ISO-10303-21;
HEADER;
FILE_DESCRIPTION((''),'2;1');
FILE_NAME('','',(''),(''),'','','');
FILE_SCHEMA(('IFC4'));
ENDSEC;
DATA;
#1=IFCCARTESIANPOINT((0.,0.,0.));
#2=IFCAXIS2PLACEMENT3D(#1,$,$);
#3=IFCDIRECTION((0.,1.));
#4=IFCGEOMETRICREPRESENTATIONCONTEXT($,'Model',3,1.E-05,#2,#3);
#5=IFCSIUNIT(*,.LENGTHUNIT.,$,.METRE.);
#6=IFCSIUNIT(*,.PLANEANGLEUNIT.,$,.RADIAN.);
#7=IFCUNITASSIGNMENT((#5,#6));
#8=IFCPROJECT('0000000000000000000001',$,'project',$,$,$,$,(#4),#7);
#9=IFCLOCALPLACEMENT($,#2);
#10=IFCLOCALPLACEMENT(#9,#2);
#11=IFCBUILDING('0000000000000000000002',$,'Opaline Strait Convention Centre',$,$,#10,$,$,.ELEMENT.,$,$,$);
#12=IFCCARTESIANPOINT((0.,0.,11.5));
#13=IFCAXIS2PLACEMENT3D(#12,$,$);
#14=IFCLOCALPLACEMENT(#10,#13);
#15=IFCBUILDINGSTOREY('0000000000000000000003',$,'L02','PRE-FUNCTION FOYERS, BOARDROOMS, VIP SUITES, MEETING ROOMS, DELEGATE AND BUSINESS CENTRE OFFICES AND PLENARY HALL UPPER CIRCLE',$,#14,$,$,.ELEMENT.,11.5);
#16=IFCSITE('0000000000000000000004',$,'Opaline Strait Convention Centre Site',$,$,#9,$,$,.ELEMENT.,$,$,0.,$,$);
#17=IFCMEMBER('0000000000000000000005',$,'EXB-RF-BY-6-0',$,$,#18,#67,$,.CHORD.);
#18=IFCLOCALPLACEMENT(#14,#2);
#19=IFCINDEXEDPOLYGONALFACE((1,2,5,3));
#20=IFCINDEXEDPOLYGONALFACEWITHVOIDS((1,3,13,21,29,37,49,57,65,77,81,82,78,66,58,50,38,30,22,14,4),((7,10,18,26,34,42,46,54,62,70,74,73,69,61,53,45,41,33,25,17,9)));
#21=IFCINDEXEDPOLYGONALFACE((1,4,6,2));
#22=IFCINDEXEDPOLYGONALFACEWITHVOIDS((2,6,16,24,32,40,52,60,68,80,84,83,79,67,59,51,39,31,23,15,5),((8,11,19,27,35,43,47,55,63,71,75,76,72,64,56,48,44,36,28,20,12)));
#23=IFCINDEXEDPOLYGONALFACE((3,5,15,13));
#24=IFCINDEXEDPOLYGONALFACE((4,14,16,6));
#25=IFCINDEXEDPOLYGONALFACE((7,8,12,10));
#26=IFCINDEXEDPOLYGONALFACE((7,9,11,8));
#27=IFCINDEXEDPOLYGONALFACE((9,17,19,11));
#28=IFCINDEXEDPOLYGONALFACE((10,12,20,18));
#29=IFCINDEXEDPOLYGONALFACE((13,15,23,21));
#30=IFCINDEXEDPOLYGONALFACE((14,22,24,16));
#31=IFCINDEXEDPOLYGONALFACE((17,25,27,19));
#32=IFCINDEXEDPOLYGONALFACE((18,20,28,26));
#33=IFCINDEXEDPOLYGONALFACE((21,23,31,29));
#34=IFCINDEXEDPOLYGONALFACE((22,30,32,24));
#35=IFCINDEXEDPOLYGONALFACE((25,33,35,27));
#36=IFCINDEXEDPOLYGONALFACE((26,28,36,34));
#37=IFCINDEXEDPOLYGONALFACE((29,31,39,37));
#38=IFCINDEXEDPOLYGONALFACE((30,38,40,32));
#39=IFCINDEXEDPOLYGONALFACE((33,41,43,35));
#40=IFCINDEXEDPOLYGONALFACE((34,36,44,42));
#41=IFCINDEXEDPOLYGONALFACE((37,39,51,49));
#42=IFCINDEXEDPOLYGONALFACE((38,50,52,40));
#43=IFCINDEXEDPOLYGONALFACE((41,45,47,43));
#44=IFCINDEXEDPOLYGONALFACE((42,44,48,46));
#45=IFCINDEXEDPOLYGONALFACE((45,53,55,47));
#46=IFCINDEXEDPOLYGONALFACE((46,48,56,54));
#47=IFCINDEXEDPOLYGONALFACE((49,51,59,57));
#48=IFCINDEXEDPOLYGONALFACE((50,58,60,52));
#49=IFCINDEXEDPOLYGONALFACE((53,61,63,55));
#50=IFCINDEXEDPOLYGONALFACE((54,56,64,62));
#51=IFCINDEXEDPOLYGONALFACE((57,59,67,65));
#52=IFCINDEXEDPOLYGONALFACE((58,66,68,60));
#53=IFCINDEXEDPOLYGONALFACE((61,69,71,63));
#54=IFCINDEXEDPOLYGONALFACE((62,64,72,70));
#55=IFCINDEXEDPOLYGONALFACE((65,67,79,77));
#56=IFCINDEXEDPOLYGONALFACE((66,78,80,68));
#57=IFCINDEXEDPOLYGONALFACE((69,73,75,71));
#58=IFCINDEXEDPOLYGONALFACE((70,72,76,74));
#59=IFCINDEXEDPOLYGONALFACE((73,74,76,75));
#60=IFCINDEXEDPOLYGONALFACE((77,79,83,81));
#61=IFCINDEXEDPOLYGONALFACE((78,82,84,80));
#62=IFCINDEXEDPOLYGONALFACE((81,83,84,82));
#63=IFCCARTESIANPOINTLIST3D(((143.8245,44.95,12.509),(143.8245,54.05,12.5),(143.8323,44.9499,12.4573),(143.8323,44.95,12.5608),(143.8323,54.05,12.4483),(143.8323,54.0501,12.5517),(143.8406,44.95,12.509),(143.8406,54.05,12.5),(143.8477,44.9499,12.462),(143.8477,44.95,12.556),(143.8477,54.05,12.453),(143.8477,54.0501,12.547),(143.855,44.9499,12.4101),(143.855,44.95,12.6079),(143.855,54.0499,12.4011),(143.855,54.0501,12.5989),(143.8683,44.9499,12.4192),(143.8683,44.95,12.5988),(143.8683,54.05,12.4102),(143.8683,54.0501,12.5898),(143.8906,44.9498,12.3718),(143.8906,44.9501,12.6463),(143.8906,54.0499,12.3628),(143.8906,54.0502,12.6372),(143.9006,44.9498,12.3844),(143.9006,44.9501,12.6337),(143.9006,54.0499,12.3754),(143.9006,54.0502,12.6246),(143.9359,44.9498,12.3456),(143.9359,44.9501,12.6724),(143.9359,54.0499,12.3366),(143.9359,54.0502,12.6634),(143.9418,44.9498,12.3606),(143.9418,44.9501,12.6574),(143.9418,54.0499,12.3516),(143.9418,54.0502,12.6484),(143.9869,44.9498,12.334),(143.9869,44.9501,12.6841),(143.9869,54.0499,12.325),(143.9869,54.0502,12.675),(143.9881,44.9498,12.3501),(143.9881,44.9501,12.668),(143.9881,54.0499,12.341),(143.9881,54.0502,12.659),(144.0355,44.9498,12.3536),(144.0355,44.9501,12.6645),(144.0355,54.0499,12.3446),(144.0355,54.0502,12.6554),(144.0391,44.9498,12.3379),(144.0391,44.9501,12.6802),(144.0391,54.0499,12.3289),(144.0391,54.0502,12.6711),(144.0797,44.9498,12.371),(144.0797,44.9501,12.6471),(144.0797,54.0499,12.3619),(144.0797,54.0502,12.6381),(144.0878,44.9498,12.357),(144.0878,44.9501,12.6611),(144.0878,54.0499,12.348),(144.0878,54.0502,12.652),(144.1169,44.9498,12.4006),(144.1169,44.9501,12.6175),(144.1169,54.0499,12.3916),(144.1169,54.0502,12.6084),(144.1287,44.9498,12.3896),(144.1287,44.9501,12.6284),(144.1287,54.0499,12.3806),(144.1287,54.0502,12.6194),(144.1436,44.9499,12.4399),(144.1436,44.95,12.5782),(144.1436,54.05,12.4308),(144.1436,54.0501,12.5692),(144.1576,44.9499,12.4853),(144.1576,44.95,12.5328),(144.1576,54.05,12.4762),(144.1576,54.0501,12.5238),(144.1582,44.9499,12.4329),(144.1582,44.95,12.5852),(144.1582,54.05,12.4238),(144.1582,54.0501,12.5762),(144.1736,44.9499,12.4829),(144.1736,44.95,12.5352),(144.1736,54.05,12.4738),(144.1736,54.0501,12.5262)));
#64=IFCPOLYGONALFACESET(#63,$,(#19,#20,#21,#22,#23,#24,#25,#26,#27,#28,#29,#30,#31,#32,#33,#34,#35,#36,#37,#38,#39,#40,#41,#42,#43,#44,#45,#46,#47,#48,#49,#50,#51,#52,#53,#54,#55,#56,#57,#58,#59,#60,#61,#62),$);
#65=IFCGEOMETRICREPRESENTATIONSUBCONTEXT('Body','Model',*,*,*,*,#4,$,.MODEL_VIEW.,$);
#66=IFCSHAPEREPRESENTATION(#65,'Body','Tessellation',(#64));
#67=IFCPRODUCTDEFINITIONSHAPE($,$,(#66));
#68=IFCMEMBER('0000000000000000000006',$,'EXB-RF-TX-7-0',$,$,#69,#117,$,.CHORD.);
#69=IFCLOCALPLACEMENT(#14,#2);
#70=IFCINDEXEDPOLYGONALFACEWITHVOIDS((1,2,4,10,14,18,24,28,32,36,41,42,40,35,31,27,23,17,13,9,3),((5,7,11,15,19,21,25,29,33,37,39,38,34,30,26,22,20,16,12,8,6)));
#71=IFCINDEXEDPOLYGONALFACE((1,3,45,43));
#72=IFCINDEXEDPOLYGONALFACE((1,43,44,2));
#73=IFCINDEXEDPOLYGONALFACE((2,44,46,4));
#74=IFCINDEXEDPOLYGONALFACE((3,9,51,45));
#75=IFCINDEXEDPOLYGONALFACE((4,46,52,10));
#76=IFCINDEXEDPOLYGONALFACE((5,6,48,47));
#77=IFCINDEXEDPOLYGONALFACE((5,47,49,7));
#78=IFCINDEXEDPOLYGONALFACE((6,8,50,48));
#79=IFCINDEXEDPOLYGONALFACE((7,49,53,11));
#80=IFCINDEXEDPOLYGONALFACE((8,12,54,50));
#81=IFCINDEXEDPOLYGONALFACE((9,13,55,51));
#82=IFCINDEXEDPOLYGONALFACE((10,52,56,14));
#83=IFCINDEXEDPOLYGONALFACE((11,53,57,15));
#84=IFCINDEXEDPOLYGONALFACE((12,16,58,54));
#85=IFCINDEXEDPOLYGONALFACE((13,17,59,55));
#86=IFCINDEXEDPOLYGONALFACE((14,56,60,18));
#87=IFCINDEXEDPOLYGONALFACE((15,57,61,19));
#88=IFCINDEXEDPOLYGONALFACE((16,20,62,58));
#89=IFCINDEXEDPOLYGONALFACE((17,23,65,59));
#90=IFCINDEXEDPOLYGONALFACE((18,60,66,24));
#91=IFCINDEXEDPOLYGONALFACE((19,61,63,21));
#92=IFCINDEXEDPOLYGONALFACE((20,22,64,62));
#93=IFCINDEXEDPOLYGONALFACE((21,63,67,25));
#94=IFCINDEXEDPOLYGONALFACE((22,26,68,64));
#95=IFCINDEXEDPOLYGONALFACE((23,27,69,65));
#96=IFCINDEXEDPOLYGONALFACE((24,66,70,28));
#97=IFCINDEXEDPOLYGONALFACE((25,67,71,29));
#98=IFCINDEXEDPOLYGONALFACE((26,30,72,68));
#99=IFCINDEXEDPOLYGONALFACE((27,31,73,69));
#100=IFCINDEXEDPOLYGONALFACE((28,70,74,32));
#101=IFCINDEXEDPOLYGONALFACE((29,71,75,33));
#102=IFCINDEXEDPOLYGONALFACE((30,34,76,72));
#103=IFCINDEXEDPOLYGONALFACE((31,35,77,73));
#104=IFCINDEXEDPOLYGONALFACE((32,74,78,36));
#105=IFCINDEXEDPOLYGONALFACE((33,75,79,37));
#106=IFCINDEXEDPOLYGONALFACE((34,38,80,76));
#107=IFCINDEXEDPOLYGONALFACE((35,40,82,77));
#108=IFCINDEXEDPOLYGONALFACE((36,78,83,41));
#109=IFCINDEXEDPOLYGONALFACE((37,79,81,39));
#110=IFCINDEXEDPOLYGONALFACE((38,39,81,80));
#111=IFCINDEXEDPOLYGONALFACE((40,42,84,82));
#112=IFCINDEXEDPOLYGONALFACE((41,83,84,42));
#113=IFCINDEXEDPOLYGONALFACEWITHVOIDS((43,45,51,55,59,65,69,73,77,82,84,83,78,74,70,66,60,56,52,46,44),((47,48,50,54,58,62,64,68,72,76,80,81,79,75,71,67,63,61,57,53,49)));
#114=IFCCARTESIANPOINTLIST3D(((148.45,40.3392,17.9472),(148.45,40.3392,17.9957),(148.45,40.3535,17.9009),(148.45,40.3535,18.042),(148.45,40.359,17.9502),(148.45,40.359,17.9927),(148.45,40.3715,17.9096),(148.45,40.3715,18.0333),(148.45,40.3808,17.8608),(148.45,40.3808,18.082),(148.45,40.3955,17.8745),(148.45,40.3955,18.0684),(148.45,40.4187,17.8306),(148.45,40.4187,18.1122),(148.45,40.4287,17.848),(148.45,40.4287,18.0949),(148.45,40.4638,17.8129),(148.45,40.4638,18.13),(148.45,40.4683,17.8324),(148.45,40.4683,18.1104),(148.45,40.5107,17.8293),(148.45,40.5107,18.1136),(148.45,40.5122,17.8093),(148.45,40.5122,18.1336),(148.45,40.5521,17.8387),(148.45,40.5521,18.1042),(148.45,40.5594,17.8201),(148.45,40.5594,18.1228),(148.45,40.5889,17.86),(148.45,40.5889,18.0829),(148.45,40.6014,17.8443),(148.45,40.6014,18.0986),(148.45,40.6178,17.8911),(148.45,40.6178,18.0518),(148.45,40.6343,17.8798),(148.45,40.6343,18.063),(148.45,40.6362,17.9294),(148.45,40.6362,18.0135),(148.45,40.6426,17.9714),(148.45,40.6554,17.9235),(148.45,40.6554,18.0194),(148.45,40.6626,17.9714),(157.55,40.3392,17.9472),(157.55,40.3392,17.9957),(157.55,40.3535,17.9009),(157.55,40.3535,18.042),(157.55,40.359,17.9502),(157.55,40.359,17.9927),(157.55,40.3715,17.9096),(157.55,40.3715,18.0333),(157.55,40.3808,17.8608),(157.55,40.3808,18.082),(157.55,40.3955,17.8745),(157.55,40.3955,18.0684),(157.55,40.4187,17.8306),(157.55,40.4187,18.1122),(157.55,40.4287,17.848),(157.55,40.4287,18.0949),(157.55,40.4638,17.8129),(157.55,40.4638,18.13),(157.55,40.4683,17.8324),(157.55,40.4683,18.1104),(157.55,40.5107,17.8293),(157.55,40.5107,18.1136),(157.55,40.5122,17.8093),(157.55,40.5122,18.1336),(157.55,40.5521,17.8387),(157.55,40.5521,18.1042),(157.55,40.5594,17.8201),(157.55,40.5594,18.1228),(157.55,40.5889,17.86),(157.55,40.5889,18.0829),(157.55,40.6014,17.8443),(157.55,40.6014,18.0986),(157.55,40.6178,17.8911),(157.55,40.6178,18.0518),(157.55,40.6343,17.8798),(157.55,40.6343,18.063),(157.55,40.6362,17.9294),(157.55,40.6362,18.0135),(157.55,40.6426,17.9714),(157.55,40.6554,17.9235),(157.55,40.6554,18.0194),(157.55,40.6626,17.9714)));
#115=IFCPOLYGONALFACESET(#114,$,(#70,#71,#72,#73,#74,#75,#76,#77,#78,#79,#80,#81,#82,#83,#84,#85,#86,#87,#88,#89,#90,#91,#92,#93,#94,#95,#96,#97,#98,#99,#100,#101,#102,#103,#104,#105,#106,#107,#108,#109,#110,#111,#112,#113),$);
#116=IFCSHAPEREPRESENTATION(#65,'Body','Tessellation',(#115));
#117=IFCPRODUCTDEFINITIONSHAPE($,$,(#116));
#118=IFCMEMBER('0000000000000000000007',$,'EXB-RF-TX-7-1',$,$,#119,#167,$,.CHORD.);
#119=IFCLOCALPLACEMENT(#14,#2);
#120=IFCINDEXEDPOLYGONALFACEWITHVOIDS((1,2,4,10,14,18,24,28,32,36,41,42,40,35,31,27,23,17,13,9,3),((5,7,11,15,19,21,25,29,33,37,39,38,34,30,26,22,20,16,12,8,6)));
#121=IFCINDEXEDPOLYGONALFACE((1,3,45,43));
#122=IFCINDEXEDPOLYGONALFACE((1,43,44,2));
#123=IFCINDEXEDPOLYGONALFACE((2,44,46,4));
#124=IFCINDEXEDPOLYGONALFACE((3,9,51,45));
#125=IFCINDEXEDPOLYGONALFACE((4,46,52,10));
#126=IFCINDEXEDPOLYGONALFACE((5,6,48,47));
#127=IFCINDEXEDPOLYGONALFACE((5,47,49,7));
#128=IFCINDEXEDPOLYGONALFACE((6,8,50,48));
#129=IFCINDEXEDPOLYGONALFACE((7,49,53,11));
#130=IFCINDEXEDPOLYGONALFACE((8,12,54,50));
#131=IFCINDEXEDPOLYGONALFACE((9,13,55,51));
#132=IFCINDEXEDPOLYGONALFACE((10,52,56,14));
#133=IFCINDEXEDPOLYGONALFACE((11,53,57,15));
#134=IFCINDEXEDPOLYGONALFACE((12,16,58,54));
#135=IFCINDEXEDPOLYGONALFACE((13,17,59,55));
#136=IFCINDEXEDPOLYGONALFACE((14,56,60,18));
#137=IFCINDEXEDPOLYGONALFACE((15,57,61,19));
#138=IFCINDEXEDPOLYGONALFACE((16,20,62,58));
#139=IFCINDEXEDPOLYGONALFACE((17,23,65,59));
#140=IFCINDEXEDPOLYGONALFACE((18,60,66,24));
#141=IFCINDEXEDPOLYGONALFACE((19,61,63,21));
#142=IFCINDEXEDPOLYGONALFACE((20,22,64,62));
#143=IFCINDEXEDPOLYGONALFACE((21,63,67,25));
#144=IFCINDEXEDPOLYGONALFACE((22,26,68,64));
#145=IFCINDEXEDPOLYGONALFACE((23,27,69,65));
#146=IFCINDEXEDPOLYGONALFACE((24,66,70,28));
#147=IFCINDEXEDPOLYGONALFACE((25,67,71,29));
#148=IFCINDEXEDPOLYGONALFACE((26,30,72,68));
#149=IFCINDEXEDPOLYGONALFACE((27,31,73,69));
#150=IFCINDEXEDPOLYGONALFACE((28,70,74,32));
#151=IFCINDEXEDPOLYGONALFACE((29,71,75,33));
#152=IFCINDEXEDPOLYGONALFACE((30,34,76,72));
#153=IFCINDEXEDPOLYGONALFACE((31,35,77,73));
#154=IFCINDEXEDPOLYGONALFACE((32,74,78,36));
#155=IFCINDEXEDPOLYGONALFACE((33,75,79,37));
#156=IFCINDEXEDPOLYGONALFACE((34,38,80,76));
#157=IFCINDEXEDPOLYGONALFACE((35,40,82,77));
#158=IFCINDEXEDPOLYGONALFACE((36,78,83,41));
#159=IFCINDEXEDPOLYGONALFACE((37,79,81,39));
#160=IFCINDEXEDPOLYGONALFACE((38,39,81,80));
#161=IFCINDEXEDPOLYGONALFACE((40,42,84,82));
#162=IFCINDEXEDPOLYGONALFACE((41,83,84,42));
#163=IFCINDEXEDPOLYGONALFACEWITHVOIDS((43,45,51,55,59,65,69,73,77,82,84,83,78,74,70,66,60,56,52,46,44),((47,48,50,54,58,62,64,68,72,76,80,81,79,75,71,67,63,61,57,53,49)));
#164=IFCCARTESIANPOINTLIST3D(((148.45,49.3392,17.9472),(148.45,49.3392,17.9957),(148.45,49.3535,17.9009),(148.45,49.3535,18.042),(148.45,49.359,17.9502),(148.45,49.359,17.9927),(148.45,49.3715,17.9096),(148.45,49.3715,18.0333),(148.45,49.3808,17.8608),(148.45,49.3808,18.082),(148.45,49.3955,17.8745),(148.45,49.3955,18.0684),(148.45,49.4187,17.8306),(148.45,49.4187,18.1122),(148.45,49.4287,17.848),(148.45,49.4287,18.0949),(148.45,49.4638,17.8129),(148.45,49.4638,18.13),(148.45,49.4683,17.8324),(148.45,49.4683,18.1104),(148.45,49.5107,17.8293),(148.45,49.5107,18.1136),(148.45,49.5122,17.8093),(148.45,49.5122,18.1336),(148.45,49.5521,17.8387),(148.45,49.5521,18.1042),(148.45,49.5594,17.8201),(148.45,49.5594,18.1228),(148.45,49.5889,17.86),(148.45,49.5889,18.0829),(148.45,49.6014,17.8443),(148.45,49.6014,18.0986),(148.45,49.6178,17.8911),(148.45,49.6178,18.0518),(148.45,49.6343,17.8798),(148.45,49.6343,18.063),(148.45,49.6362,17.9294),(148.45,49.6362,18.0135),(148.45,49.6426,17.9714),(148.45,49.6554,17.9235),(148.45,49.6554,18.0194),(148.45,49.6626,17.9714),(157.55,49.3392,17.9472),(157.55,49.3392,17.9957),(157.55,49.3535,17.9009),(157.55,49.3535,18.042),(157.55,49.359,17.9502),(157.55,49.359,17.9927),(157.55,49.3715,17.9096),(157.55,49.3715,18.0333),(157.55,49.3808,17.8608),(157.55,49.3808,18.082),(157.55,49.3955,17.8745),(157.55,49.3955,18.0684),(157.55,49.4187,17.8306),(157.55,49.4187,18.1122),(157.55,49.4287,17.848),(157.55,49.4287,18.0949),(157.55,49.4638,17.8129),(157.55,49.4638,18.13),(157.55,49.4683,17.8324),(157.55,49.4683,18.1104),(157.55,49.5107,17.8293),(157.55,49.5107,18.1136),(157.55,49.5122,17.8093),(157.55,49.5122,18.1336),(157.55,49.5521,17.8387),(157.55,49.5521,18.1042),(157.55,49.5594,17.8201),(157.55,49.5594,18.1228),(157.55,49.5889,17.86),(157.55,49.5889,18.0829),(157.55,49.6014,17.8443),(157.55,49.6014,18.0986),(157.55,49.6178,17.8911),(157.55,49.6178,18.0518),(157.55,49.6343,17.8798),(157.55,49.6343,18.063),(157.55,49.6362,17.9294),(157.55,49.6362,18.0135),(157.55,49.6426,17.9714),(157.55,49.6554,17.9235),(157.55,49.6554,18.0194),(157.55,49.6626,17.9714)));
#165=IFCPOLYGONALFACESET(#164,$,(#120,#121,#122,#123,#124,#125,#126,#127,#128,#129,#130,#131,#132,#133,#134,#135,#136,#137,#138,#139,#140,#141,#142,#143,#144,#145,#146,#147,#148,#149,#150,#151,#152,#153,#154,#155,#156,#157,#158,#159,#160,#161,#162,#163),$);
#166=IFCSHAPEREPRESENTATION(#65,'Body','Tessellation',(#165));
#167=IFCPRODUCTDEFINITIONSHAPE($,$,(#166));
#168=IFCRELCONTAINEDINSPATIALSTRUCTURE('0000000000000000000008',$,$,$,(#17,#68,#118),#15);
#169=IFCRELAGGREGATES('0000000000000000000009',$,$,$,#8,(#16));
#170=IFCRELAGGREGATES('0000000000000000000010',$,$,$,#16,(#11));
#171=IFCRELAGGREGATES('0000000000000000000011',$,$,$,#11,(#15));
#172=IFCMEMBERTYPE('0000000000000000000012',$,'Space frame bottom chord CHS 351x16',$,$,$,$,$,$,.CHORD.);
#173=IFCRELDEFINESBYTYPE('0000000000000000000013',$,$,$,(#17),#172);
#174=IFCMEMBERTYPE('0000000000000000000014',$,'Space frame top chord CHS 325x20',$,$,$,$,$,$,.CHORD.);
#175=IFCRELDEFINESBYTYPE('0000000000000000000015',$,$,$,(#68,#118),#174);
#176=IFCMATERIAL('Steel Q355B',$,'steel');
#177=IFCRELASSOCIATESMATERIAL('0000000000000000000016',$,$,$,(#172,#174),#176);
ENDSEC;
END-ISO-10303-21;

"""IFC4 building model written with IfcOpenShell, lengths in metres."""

from ifc_helpers import new_model, si_unit, direction, frame, origin, origin_2d, place, context, subcontext, project, spatial, hollow_circle, extrude, material, material_profile, profile_set, type_object, element, save


model = new_model("IFC4")

# Units and contexts
model_context = context("Model", 3, precision=1e-05, world=origin(), true_north=direction((0.0, 1.0)))
body_context = subcontext(model_context, "Body", "Model", "MODEL_VIEW")
ifc_project = project(units=[si_unit("LENGTHUNIT", "METRE"), si_unit("PLANEANGLEUNIT", "RADIAN")], contexts=[model_context])

# Site, building, storey
site_placement = place(None, origin())
site = spatial("IfcSite", under=ifc_project, at=site_placement, Name="Opaline Strait Convention Centre Site", CompositionType="ELEMENT", RefElevation=0.0)
building_placement = place(site_placement, origin())
building = spatial("IfcBuilding", under=site, at=building_placement, Name="Opaline Strait Convention Centre", CompositionType="ELEMENT")
storey_placement = place(building_placement, frame((0.0, 0.0, 11.5)))
storey = spatial("IfcBuildingStorey", under=building, at=storey_placement, Name="L02", Description="PRE-FUNCTION FOYERS, BOARDROOMS, VIP SUITES, MEETING ROOMS, DELEGATE AND BUSINESS CENTRE OFFICES AND PLENARY HALL UPPER CIRCLE", CompositionType="ELEMENT", Elevation=11.5)

# Members
ifc_material_1 = material(Name="Steel Q355B", Category="steel")
ifc_material_profile_1 = material_profile(ifc_material_1, hollow_circle(Radius=0.1755, WallThickness=0.0161, at=origin_2d()), Name="CHS 351x16")
ifc_profile_set_1 = profile_set([ifc_material_profile_1], Name="Steel Q355B")
member_type_1 = type_object("IfcMemberType", Name="Space frame bottom chord CHS 351x16", PredefinedType="CHORD", material=ifc_profile_set_1)
for number, where, z_axis, x_axis, name in (
    (1, (144.0, 44.95, 12.509), (0.0, 1.0, -0.000993), (-1.0, 0.0, 0.0), "EXB-RF-BY-6-0"),
):
    element("IfcMember", number, at=place(storey_placement, frame(where, z_axis=z_axis, x_axis=x_axis)), inside=storey, type_object=member_type_1, Name=name, PredefinedType="CHORD", context=body_context, shape_type="SweptSolid", body=[
        extrude(hollow_circle(Radius=0.1755, WallThickness=0.0161, at=origin_2d()), origin(), (0.0, 0.0, 1.0), 9.1001),
    ])
ifc_material_profile_2 = material_profile(ifc_material_1, hollow_circle(Radius=0.1626, WallThickness=0.02, at=origin_2d()), Name="CHS 325x20")
ifc_profile_set_2 = profile_set([ifc_material_profile_2], Name="Steel Q355B")
member_type_2 = type_object("IfcMemberType", Name="Space frame top chord CHS 325x20", PredefinedType="CHORD", material=ifc_profile_set_2)
for number, where, z_axis, x_axis, name in (
    (2, (148.45, 40.5, 17.9714), (1.0, 0.0, 0.0), (0.0, 1.0, 0.0), "EXB-RF-TX-7-0"),
    (3, (148.45, 49.5, 17.9714), (1.0, 0.0, 0.0), (0.0, 1.0, 0.0), "EXB-RF-TX-7-1"),
):
    element("IfcMember", number, at=place(storey_placement, frame(where, z_axis=z_axis, x_axis=x_axis)), inside=storey, type_object=member_type_2, Name=name, PredefinedType="CHORD", context=body_context, shape_type="SweptSolid", body=[
        extrude(hollow_circle(Radius=0.1626, WallThickness=0.02, at=origin_2d()), origin(), (0.0, 0.0, 1.0), 9.1001),
    ])

save(model, "model.ifc")
